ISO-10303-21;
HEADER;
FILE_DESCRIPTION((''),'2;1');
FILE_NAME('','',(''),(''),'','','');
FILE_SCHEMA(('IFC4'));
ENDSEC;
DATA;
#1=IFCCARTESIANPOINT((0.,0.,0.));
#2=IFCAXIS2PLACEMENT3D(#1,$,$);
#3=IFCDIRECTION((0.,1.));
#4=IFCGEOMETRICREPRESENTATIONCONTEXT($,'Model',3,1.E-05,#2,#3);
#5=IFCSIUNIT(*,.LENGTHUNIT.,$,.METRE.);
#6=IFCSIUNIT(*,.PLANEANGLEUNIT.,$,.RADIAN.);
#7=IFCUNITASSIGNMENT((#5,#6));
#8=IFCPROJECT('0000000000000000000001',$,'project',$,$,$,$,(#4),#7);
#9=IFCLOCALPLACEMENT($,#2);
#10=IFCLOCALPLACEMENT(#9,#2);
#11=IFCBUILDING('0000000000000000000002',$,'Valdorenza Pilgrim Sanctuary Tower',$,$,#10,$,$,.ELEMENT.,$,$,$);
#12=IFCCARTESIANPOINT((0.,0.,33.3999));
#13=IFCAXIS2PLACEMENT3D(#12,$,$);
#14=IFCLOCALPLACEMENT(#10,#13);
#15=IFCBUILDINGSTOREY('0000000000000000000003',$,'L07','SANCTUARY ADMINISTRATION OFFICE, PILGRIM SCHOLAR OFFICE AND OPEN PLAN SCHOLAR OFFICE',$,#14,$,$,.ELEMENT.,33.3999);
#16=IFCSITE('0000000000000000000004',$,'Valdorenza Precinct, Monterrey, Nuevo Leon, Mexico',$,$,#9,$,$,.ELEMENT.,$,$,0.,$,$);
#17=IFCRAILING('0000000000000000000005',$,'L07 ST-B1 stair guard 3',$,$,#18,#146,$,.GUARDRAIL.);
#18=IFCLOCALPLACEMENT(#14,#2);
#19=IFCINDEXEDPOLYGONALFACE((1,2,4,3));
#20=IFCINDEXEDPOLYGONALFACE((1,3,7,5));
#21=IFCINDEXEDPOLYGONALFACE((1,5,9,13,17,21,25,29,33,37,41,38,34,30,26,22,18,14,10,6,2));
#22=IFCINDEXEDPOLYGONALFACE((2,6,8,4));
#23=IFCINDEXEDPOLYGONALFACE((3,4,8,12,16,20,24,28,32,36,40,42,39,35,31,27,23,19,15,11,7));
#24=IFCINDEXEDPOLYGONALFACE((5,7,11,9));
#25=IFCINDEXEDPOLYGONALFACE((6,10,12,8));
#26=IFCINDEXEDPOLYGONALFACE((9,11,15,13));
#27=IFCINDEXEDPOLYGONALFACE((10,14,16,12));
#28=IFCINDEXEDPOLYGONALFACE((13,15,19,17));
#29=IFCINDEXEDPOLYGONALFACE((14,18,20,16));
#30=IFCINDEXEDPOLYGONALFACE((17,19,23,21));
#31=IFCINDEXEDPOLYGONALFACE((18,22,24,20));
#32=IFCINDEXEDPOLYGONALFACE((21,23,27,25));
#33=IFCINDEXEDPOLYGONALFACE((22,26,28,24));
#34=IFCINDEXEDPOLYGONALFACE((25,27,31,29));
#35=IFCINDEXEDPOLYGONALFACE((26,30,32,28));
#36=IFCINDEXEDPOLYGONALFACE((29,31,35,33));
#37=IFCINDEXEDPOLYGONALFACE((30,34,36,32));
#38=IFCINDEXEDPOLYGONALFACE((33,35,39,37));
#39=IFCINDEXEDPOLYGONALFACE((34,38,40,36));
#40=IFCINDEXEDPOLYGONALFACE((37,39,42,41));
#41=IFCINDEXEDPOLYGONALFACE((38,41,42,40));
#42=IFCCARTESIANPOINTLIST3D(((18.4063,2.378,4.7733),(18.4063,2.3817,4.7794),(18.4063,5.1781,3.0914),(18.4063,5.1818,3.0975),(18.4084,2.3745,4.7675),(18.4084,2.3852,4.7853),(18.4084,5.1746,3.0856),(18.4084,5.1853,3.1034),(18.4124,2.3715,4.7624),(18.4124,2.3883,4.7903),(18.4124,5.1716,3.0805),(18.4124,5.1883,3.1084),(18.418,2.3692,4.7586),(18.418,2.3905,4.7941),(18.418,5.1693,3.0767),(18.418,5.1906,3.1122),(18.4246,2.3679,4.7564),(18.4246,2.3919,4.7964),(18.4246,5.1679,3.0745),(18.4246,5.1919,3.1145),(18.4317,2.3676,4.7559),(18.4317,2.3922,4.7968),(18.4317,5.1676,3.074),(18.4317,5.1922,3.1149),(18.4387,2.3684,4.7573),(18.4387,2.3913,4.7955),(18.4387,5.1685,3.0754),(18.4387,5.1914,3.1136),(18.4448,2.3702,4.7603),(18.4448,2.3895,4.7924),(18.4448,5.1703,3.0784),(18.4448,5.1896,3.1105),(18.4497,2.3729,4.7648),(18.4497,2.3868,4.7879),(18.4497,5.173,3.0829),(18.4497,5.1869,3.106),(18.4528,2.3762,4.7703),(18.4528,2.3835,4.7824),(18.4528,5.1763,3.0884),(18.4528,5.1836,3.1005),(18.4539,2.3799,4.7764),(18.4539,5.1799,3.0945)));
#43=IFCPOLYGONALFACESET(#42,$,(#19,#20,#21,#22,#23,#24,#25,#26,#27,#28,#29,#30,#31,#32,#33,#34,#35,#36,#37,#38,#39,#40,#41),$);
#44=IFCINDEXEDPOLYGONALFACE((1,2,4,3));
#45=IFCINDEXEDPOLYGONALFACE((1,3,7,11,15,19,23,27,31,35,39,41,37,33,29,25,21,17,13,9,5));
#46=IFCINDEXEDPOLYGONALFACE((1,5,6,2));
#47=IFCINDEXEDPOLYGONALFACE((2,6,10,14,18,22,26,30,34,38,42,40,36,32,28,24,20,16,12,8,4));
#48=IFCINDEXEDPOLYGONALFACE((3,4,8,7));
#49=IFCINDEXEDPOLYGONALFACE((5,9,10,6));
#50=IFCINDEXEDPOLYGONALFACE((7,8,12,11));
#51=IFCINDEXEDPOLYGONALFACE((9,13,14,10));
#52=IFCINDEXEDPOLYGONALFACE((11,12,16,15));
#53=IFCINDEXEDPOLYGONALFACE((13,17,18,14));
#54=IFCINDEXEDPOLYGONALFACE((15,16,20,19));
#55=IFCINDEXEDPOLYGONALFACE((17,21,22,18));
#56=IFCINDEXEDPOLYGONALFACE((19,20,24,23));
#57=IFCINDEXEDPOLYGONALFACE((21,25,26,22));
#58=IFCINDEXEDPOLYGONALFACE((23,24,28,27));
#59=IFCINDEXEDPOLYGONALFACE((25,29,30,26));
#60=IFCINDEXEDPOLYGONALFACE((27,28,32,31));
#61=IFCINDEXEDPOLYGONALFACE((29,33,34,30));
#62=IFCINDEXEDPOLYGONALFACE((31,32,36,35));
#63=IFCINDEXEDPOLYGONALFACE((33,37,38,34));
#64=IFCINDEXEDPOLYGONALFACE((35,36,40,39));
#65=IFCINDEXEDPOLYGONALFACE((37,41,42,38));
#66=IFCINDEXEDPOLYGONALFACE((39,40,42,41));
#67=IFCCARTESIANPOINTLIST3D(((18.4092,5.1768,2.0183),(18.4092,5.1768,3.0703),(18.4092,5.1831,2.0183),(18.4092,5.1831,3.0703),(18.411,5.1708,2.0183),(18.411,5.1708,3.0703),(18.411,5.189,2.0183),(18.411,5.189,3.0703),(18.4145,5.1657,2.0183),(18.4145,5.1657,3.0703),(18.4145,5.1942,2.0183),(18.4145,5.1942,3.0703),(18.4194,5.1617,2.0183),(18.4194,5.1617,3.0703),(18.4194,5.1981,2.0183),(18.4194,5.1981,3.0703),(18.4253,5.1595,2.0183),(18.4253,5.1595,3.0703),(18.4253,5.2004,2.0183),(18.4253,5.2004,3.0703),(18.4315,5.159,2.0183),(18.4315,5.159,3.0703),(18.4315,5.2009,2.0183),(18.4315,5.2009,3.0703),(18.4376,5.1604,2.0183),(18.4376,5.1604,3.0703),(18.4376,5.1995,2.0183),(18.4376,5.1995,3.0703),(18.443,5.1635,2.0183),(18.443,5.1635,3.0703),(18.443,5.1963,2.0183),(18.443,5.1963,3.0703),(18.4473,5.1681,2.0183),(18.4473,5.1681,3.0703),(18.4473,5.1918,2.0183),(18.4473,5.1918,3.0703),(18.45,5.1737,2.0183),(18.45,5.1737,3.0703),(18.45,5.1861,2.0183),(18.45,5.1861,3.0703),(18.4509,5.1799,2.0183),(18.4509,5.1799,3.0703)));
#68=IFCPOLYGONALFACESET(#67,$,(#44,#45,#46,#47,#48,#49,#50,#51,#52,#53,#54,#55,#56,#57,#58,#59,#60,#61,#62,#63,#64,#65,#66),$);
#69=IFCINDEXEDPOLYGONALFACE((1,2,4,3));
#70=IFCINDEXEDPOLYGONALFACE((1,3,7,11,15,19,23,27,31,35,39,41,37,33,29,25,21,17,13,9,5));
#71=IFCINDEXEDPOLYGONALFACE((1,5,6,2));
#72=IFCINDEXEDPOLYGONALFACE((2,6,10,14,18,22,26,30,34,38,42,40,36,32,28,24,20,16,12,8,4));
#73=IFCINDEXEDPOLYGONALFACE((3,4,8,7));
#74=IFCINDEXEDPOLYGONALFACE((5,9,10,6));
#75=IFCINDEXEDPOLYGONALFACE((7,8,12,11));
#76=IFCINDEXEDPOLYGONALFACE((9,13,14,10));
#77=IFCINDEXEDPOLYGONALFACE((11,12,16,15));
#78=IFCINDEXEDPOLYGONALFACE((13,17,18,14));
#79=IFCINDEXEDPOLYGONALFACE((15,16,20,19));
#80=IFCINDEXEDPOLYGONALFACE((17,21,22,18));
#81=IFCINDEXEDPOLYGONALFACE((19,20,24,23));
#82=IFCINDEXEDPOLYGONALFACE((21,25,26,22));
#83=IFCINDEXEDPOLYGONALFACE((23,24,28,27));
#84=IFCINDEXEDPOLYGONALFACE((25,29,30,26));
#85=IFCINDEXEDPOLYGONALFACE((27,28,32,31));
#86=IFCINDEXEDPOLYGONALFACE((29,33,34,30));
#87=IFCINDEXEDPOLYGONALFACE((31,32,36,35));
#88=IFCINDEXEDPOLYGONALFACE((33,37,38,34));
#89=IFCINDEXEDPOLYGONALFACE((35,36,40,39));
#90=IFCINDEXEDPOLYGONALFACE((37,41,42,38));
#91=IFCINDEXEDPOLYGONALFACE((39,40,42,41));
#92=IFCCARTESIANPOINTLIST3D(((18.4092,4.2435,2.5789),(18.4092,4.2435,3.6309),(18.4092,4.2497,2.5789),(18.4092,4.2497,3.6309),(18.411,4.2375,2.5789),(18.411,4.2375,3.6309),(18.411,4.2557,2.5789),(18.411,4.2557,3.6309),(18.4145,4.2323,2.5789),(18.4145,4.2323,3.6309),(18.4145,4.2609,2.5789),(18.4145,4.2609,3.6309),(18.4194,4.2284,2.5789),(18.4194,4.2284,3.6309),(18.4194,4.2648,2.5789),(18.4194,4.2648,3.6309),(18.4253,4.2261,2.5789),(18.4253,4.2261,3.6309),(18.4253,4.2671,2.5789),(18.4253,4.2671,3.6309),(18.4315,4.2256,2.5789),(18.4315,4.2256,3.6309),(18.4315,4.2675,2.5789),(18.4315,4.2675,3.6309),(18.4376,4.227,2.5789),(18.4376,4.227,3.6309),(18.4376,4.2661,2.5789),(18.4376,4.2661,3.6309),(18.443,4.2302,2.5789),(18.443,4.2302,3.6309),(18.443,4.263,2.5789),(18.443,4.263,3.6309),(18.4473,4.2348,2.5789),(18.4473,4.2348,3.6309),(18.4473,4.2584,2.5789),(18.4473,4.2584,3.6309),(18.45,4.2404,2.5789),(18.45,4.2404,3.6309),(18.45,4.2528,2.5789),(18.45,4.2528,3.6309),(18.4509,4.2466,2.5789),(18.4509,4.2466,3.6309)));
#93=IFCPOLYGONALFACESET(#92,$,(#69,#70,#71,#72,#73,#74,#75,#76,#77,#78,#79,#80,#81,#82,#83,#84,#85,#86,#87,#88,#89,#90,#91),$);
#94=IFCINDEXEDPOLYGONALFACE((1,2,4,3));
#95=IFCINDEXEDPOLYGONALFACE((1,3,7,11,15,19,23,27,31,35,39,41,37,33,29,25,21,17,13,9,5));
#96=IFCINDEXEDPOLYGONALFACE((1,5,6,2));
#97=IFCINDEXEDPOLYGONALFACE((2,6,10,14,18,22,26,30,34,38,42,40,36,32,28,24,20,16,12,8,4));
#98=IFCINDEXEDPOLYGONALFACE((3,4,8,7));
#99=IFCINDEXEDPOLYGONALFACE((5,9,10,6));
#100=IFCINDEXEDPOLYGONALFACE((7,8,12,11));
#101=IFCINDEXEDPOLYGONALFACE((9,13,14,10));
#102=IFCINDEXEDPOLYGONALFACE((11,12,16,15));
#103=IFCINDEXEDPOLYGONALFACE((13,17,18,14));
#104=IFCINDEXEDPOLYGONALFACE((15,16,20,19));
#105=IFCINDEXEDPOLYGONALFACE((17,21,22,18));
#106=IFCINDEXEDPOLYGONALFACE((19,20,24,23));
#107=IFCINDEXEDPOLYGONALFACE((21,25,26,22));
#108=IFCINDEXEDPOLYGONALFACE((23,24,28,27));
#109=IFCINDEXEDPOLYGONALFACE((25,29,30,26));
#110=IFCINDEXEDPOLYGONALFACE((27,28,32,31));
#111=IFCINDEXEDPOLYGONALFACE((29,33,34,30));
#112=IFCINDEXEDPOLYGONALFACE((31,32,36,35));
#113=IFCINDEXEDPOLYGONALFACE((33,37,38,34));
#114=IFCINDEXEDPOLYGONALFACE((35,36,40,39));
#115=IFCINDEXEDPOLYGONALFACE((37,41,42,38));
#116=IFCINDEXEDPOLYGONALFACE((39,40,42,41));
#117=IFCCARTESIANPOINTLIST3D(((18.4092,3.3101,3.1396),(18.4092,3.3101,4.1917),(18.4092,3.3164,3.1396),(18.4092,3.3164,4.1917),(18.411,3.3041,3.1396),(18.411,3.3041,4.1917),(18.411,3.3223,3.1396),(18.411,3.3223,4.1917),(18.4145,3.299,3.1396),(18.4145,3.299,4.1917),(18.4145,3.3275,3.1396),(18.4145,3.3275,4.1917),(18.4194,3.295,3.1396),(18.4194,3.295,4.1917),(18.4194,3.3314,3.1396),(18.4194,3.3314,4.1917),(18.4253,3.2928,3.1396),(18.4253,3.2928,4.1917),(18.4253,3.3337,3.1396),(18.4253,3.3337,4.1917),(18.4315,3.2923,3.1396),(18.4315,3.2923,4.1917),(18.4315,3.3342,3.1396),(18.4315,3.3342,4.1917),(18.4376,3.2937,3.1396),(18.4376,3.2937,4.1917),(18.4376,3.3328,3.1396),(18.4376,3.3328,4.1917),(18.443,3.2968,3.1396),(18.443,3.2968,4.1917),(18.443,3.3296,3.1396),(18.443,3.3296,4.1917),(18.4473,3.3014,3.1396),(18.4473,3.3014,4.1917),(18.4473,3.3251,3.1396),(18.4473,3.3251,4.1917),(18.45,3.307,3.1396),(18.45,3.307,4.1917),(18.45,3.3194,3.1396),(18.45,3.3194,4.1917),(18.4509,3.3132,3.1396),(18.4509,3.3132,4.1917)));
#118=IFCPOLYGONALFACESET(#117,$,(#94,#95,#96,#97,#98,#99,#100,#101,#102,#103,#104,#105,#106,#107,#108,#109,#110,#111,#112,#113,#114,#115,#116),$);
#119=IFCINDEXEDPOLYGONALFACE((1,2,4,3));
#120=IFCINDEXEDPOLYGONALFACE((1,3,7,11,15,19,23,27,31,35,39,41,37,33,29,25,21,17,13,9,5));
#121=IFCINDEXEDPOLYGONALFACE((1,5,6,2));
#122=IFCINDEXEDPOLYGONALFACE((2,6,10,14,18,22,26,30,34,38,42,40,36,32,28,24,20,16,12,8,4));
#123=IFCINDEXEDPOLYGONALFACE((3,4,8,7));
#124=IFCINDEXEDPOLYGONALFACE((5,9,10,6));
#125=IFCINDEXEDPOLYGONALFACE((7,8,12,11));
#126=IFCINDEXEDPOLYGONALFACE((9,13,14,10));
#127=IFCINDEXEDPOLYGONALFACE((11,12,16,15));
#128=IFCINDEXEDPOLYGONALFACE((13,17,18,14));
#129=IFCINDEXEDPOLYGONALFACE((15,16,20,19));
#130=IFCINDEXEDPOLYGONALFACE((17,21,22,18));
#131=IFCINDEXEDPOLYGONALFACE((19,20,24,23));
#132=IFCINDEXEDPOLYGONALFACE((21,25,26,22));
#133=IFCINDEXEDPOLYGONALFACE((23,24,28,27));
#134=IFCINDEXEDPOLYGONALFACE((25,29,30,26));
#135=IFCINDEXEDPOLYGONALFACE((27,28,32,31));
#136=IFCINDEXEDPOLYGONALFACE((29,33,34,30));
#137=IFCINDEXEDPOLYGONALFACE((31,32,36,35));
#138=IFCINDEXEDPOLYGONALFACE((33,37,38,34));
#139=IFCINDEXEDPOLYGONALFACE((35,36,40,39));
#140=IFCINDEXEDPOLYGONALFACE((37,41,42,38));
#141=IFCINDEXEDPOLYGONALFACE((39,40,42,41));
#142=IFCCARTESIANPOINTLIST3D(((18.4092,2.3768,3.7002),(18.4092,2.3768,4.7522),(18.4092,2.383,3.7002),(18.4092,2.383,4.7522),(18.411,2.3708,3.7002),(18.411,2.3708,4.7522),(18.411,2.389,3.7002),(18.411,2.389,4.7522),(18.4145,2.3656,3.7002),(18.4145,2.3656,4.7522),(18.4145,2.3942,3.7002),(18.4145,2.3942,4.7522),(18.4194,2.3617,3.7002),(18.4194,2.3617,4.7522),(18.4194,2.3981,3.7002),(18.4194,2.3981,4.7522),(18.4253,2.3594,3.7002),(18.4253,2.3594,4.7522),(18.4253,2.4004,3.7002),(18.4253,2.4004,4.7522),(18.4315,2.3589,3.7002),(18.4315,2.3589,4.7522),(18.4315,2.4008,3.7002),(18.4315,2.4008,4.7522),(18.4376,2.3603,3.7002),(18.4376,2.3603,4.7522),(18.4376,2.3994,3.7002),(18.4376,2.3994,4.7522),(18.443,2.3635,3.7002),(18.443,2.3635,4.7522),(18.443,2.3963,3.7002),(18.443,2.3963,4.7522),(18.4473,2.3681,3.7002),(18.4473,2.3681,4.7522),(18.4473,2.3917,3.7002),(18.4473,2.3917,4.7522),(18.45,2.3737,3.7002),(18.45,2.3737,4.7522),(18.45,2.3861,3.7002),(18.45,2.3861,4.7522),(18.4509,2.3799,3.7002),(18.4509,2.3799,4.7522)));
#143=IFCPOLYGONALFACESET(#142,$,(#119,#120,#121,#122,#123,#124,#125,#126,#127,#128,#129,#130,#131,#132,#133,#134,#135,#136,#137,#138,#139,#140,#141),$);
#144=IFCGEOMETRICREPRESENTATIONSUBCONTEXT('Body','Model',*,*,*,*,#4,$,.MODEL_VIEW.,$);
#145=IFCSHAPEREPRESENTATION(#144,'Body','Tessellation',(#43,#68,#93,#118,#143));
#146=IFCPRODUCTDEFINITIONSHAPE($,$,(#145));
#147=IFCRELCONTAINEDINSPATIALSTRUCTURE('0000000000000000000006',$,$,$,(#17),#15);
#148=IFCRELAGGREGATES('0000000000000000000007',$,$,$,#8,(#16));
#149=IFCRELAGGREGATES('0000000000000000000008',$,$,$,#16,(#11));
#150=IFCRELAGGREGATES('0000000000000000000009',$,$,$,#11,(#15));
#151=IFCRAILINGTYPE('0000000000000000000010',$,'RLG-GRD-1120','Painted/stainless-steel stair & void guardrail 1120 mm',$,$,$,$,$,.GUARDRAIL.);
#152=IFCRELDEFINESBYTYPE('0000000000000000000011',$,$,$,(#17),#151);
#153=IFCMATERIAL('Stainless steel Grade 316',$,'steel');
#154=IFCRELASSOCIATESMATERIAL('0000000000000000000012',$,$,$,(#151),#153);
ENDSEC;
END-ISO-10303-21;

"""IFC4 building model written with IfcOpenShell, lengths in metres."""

from ifc_helpers import new_model, si_unit, direction, frame, origin, origin_2d, place, context, subcontext, project, spatial, circle, extrude, material, type_object, element, save


model = new_model("IFC4")

# Units and contexts
model_context = context("Model", 3, precision=1e-05, world=origin(), true_north=direction((0.0, 1.0)))
body_context = subcontext(model_context, "Body", "Model", "MODEL_VIEW")
ifc_project = project(units=[si_unit("LENGTHUNIT", "METRE"), si_unit("PLANEANGLEUNIT", "RADIAN")], contexts=[model_context])

# Site, building, storey
site_placement = place(None, origin())
site = spatial("IfcSite", under=ifc_project, at=site_placement, Name="Valdorenza Precinct, Monterrey, Nuevo Leon, Mexico", CompositionType="ELEMENT", RefElevation=0.0)
building_placement = place(site_placement, origin())
building = spatial("IfcBuilding", under=site, at=building_placement, Name="Valdorenza Pilgrim Sanctuary Tower", CompositionType="ELEMENT")
storey_placement = place(building_placement, frame((0.0, 0.0, 33.3999)))
storey = spatial("IfcBuildingStorey", under=building, at=storey_placement, Name="L07", Description="SANCTUARY ADMINISTRATION OFFICE, PILGRIM SCHOLAR OFFICE AND OPEN PLAN SCHOLAR OFFICE", CompositionType="ELEMENT", Elevation=33.3999)

# Railing
ifc_material_1 = material(Name="Stainless steel Grade 316", Category="steel")
railing_type_1 = type_object("IfcRailingType", Name="RLG-GRD-1120", Description="Painted/stainless-steel stair & void guardrail 1120 mm", PredefinedType="GUARDRAIL", material=ifc_material_1)
railing_1_placement = place(storey_placement, frame((18.4299, 5.1799, 2.0183)))
element("IfcRailing", 1, at=railing_1_placement, inside=storey, type_object=railing_type_1, Name="L07 ST-B1 stair guard 3", PredefinedType="GUARDRAIL", context=body_context, shape_type="SweptSolid", body=[
    extrude(circle(Radius=0.0239, at=origin_2d()), frame((0.0, 0.0, 1.0762), z_axis=(0.0, -0.857242, 0.514913), x_axis=(1.0, 0.0, 0.0)), (0.0, 0.0, 1.0), 3.2664),
    extrude(circle(Radius=0.021, at=origin_2d()), origin(), (0.0, 0.0, 1.0), 1.052),
    extrude(circle(Radius=0.021, at=origin_2d()), frame((0.0, -0.9333, 0.5605)), (0.0, 0.0, 1.0), 1.052),
    extrude(circle(Radius=0.021, at=origin_2d()), frame((0.0, -1.8667, 1.1213)), (0.0, 0.0, 1.0), 1.052),
    extrude(circle(Radius=0.021, at=origin_2d()), frame((0.0, -2.8, 1.6819)), (0.0, 0.0, 1.0), 1.052),
])

save(model, "model.ifc")
